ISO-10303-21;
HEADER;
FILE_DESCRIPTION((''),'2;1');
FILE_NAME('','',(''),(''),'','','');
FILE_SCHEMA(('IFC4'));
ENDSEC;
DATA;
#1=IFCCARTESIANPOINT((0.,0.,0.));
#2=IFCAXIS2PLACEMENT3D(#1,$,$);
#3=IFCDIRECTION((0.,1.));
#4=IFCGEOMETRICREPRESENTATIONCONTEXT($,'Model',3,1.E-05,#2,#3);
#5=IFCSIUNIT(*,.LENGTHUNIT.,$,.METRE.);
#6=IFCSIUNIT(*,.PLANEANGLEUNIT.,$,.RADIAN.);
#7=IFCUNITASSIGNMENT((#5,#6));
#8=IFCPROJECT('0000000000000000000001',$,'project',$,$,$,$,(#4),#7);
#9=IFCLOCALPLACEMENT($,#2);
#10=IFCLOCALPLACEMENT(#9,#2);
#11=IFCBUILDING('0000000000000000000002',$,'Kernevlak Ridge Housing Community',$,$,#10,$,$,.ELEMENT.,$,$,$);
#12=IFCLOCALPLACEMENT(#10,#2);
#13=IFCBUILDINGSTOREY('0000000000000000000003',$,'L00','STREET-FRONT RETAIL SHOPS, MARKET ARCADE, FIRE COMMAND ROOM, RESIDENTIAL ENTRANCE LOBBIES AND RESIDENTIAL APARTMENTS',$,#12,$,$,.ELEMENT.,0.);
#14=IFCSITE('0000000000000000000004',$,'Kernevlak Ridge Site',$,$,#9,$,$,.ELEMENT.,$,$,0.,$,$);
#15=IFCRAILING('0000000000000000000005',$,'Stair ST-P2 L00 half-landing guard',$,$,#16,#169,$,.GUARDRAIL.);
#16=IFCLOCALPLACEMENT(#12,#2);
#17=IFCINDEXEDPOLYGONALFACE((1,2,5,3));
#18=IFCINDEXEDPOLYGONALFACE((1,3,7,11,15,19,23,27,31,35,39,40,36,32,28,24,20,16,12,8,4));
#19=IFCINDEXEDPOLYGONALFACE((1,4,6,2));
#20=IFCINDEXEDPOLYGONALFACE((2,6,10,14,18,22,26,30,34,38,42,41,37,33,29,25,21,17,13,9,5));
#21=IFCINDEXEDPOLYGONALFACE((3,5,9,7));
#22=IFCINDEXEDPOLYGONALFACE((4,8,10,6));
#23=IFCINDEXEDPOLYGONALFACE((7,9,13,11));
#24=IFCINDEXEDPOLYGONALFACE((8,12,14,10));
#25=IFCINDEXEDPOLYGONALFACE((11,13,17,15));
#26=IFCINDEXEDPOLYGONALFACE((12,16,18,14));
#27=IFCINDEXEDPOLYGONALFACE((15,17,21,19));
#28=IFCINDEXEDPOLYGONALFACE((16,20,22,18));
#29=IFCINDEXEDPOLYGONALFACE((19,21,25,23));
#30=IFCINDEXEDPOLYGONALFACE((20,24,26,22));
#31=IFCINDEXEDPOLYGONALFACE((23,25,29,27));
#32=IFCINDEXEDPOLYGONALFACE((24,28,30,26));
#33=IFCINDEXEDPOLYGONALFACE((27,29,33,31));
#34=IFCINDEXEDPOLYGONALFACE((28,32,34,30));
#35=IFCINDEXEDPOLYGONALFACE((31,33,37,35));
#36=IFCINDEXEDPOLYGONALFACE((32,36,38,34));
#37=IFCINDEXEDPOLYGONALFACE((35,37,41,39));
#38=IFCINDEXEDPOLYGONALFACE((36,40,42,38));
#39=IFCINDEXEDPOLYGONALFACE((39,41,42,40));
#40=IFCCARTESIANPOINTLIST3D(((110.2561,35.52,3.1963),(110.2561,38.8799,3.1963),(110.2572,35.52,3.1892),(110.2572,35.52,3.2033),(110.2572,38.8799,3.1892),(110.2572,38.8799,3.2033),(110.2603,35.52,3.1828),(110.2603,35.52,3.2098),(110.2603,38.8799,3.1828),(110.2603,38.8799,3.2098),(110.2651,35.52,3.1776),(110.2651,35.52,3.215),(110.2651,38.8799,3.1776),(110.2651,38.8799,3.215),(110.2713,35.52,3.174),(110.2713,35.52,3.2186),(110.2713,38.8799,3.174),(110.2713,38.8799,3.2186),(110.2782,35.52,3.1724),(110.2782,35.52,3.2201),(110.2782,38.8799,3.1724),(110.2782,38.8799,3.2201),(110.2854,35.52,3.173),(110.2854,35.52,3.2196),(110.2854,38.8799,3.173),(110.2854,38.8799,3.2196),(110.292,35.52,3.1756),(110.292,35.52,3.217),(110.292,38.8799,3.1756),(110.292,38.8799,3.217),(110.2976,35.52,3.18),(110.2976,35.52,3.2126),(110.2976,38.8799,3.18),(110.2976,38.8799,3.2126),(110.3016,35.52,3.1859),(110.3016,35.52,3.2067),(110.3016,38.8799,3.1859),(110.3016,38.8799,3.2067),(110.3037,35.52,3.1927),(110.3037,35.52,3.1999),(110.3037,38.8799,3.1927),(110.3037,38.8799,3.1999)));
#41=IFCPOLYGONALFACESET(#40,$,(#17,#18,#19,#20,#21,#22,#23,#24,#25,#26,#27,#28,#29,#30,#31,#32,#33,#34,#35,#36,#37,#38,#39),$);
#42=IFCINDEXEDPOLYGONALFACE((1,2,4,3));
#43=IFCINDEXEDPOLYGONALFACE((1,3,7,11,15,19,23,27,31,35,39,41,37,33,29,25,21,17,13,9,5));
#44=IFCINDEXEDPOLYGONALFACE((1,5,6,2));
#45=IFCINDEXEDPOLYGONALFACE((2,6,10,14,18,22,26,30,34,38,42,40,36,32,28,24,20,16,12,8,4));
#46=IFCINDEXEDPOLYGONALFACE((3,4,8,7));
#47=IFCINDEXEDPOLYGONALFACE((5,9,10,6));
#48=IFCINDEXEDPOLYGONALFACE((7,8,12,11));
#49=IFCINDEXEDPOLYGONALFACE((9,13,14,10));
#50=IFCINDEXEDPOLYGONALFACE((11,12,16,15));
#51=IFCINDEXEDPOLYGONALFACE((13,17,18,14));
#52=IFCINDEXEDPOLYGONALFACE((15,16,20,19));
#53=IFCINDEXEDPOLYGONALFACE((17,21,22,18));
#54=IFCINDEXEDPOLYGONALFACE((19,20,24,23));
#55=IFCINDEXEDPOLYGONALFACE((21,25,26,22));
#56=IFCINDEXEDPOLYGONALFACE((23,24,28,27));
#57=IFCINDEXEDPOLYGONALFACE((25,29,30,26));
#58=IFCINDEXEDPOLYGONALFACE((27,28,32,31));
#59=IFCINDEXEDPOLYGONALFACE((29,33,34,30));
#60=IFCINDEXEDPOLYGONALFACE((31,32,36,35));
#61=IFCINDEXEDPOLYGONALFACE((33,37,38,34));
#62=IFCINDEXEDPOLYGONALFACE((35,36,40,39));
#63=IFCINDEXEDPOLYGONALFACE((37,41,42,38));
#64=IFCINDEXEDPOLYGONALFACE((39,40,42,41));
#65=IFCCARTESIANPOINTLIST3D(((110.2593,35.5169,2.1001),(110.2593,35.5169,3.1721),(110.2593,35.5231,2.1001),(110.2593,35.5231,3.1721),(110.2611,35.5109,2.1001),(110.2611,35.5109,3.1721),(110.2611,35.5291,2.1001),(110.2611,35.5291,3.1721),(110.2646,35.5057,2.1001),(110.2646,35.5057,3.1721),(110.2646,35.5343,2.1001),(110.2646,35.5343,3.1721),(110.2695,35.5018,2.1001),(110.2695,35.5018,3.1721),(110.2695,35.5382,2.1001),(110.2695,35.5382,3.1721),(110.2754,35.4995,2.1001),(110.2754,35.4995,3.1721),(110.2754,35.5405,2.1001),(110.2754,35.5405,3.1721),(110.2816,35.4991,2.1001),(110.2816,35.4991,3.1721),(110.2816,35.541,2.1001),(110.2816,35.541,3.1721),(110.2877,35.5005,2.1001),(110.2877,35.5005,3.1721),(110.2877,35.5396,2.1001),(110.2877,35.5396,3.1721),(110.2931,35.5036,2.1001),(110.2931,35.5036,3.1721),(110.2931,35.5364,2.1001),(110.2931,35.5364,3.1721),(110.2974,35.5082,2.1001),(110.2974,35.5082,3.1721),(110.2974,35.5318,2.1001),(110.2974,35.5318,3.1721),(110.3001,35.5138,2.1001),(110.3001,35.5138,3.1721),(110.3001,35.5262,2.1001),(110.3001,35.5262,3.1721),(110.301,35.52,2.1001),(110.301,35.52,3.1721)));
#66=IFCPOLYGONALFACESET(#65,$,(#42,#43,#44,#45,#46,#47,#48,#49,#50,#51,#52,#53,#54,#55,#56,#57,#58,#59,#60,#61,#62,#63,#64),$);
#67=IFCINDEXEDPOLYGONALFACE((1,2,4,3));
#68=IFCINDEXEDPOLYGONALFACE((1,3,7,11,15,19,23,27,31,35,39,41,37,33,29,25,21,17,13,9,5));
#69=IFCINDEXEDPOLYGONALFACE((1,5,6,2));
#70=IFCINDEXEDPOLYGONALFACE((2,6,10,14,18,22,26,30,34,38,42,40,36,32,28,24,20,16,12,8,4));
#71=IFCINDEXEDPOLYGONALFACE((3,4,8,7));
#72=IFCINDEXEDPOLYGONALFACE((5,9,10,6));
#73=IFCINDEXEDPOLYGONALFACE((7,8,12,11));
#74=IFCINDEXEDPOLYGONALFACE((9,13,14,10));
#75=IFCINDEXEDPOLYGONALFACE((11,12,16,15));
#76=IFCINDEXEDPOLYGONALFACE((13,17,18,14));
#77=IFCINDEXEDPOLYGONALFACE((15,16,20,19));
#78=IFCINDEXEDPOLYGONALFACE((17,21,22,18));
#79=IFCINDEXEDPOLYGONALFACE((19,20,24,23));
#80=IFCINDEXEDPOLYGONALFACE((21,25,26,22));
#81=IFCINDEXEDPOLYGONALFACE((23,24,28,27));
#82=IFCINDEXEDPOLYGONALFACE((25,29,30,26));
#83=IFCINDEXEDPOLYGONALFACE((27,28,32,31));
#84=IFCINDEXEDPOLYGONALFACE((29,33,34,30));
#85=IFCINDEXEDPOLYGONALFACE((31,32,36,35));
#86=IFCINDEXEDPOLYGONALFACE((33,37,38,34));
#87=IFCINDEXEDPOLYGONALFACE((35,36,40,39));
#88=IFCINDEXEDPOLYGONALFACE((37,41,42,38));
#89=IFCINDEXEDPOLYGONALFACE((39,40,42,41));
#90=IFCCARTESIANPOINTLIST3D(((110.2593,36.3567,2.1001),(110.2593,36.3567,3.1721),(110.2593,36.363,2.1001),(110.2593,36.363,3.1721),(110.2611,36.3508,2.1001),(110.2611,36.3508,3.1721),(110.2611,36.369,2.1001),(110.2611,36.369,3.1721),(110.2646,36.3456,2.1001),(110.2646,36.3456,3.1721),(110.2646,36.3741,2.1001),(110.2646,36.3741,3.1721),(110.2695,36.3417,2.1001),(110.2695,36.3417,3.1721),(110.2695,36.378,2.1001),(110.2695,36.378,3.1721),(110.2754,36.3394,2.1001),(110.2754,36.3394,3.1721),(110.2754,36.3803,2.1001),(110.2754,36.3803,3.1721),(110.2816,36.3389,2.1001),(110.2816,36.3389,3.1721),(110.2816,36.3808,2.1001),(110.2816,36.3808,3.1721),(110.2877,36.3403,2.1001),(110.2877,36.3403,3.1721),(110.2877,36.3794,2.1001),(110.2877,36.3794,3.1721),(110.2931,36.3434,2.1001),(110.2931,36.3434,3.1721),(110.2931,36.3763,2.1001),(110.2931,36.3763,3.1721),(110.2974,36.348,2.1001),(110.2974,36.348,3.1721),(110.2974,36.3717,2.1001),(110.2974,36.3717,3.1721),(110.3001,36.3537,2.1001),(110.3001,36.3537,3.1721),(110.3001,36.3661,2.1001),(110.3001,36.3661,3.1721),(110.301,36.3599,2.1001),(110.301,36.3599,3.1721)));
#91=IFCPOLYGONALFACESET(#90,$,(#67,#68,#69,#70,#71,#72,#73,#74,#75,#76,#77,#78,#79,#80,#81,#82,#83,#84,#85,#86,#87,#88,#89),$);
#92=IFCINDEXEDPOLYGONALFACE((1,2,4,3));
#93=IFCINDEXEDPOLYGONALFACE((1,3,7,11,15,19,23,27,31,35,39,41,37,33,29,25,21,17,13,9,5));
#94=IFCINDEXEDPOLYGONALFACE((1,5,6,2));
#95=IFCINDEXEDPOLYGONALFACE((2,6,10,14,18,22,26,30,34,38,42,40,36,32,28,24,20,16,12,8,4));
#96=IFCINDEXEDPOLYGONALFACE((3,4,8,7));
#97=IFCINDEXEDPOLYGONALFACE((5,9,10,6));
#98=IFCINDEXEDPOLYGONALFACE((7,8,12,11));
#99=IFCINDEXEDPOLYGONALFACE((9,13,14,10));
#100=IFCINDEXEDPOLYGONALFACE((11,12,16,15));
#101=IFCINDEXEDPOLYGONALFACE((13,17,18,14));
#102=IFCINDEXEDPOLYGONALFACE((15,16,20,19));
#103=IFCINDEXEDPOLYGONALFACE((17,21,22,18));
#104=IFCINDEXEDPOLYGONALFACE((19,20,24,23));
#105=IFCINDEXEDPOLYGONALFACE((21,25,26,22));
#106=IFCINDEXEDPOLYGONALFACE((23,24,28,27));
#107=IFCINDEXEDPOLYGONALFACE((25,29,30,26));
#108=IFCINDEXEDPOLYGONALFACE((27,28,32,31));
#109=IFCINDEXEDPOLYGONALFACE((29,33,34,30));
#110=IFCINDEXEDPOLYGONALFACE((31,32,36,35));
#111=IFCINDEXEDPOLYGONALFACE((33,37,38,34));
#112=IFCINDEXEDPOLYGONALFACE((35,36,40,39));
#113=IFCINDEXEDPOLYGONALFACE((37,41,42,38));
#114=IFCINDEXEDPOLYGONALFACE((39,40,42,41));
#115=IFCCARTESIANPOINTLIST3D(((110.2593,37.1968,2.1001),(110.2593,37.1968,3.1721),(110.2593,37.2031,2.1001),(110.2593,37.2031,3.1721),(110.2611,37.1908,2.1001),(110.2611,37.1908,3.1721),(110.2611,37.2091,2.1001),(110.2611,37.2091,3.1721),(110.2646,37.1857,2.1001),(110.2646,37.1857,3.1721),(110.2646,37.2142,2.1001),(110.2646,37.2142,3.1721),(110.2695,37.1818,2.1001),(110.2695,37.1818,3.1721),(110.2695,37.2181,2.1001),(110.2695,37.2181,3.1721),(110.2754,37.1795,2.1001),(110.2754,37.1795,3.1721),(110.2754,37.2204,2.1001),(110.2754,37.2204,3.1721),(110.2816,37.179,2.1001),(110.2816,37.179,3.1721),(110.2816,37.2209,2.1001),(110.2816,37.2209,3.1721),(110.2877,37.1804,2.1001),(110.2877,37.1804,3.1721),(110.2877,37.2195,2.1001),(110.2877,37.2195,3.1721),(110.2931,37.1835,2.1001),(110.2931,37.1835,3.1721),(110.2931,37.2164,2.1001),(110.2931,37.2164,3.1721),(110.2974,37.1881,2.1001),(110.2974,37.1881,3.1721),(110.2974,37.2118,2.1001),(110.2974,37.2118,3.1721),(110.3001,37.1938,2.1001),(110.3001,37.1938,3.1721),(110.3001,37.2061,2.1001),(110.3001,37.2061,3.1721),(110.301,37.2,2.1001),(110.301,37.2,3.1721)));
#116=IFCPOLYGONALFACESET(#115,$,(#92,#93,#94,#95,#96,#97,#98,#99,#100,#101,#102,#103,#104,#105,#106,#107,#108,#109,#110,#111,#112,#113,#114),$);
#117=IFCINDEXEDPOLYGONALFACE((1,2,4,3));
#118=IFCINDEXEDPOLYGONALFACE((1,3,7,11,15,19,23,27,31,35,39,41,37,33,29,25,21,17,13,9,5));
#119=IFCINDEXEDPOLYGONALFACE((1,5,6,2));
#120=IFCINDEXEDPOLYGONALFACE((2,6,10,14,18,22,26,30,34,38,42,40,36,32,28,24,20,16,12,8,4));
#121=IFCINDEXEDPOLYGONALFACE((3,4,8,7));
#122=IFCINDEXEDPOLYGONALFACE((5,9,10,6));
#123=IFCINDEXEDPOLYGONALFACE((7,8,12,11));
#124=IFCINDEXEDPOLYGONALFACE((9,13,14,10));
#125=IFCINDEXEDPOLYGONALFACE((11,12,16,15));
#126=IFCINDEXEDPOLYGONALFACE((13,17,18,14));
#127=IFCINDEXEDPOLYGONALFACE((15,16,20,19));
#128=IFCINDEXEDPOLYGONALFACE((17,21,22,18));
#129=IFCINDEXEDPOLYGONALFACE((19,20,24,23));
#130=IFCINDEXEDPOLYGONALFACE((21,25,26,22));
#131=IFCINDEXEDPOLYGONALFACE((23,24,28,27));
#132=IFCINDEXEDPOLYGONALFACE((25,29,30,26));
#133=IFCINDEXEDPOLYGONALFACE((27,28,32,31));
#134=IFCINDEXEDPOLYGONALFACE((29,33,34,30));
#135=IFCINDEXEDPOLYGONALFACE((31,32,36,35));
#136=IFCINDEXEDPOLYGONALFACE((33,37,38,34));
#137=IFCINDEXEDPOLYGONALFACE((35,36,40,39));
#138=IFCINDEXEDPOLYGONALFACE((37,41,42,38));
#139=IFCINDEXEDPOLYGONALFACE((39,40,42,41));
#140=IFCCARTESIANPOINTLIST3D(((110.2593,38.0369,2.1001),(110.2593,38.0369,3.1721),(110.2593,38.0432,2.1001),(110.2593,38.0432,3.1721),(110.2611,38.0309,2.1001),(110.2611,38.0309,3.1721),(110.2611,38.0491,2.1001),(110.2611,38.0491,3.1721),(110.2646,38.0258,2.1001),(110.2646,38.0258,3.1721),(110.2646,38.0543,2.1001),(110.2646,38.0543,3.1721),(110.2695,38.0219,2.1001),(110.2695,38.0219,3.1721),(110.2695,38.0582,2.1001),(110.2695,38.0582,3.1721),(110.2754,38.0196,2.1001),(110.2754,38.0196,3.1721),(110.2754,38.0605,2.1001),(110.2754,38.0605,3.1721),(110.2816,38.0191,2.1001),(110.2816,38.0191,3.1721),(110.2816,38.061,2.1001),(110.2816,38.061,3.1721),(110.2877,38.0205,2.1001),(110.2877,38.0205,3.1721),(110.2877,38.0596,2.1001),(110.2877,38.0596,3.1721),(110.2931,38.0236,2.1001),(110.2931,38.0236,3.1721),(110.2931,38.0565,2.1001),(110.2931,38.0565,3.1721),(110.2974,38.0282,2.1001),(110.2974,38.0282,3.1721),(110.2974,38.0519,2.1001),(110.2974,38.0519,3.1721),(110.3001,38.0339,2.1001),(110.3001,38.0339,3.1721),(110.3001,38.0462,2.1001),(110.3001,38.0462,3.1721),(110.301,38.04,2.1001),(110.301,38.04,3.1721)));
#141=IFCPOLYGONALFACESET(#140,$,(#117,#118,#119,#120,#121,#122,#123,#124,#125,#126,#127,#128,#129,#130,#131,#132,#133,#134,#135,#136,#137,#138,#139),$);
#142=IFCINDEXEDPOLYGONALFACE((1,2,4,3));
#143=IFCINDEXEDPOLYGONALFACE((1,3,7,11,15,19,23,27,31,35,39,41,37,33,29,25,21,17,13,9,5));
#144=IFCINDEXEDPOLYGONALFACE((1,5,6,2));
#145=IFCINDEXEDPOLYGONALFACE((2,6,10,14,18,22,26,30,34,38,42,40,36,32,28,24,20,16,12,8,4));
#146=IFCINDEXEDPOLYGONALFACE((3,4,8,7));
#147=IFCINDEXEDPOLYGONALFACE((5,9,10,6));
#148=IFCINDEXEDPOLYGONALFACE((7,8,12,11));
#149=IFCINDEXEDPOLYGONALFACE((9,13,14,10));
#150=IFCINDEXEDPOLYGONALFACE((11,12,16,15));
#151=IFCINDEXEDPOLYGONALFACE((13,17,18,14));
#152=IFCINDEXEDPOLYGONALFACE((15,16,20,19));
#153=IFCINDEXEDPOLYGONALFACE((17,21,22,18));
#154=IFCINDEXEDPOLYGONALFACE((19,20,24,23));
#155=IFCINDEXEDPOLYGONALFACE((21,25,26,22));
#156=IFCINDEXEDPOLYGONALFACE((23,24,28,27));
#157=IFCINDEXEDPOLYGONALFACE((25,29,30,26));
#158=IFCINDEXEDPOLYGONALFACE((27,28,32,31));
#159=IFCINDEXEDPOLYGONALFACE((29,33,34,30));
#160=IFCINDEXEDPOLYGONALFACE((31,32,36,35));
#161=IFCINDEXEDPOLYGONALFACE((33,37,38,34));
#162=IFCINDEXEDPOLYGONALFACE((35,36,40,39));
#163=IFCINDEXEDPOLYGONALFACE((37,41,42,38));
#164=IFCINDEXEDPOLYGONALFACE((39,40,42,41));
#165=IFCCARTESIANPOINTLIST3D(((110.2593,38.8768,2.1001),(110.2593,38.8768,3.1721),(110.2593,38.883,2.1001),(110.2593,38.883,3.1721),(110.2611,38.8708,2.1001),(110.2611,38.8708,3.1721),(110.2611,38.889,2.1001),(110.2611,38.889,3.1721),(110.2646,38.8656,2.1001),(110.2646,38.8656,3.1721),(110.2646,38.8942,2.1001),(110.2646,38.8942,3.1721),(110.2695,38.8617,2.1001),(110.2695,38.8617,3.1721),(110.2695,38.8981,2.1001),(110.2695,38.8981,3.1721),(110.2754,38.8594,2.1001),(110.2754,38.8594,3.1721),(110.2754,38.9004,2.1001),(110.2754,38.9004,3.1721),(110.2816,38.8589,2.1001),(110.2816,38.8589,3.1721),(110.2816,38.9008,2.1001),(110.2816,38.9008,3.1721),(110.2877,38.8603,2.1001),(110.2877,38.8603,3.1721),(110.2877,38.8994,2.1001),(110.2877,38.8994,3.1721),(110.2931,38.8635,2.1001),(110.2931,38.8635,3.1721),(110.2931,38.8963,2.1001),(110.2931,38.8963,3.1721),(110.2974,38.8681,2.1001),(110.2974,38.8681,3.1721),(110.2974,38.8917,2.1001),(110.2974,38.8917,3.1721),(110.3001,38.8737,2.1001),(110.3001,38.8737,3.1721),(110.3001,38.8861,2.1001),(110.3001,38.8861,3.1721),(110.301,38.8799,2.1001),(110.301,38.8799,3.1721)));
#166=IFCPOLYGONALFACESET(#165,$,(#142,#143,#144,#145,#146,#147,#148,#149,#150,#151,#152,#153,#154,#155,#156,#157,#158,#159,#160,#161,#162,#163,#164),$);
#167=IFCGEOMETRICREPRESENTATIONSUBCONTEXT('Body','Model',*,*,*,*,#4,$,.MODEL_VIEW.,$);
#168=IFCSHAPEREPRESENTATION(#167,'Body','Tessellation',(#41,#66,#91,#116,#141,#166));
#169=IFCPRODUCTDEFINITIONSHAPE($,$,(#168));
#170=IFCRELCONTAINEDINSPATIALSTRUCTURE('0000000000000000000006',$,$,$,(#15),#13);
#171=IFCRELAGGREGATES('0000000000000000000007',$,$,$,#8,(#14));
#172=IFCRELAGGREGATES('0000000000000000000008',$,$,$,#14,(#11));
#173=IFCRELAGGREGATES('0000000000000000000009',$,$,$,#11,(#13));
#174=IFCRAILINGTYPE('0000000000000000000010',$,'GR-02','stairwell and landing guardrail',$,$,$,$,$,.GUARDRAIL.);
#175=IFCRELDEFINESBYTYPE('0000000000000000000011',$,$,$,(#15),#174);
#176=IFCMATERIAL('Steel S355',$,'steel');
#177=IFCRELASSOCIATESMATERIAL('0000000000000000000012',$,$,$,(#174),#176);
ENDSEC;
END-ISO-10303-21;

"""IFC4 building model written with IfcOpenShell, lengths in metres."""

from ifc_helpers import new_model, si_unit, direction, frame, origin, origin_2d, place, context, subcontext, project, spatial, circle, extrude, material, type_object, element, save


model = new_model("IFC4")

# Units and contexts
model_context = context("Model", 3, precision=1e-05, world=origin(), true_north=direction((0.0, 1.0)))
body_context = subcontext(model_context, "Body", "Model", "MODEL_VIEW")
ifc_project = project(units=[si_unit("LENGTHUNIT", "METRE"), si_unit("PLANEANGLEUNIT", "RADIAN")], contexts=[model_context])

# Site, building, storey
site_placement = place(None, origin())
site = spatial("IfcSite", under=ifc_project, at=site_placement, Name="Kernevlak Ridge Site", CompositionType="ELEMENT", RefElevation=0.0)
building_placement = place(site_placement, origin())
building = spatial("IfcBuilding", under=site, at=building_placement, Name="Kernevlak Ridge Housing Community", CompositionType="ELEMENT")
storey_placement = place(building_placement, origin())
storey = spatial("IfcBuildingStorey", under=building, at=storey_placement, Name="L00", Description="STREET-FRONT RETAIL SHOPS, MARKET ARCADE, FIRE COMMAND ROOM, RESIDENTIAL ENTRANCE LOBBIES AND RESIDENTIAL APARTMENTS", CompositionType="ELEMENT", Elevation=0.0)

# Railing
ifc_material_1 = material(Name="Steel S355", Category="steel")
railing_type_1 = type_object("IfcRailingType", Name="GR-02", Description="stairwell and landing guardrail", PredefinedType="GUARDRAIL", material=ifc_material_1)
railing_1_placement = place(storey_placement, frame((110.28, 35.52, 2.1001)))
element("IfcRailing", 1, at=railing_1_placement, inside=storey, type_object=railing_type_1, Name="Stair ST-P2 L00 half-landing guard", PredefinedType="GUARDRAIL", context=body_context, shape_type="SweptSolid", body=[
    extrude(circle(Radius=0.0239, at=origin_2d()), frame((0.0, 0.0, 1.0962), z_axis=(0.0, 1.0, 0.0), x_axis=(-1.0, 0.0, 0.0)), (0.0, 0.0, 1.0), 3.3599),
    extrude(circle(Radius=0.021, at=origin_2d()), origin(), (0.0, 0.0, 1.0), 1.072),
    extrude(circle(Radius=0.021, at=origin_2d()), frame((0.0, 0.8398, 0.0)), (0.0, 0.0, 1.0), 1.072),
    extrude(circle(Radius=0.021, at=origin_2d()), frame((0.0, 1.6799, 0.0)), (0.0, 0.0, 1.0), 1.072),
    extrude(circle(Radius=0.021, at=origin_2d()), frame((0.0, 2.52, 0.0)), (0.0, 0.0, 1.0), 1.072),
    extrude(circle(Radius=0.021, at=origin_2d()), frame((0.0, 3.3599, 0.0)), (0.0, 0.0, 1.0), 1.072),
])

save(model, "model.ifc")
